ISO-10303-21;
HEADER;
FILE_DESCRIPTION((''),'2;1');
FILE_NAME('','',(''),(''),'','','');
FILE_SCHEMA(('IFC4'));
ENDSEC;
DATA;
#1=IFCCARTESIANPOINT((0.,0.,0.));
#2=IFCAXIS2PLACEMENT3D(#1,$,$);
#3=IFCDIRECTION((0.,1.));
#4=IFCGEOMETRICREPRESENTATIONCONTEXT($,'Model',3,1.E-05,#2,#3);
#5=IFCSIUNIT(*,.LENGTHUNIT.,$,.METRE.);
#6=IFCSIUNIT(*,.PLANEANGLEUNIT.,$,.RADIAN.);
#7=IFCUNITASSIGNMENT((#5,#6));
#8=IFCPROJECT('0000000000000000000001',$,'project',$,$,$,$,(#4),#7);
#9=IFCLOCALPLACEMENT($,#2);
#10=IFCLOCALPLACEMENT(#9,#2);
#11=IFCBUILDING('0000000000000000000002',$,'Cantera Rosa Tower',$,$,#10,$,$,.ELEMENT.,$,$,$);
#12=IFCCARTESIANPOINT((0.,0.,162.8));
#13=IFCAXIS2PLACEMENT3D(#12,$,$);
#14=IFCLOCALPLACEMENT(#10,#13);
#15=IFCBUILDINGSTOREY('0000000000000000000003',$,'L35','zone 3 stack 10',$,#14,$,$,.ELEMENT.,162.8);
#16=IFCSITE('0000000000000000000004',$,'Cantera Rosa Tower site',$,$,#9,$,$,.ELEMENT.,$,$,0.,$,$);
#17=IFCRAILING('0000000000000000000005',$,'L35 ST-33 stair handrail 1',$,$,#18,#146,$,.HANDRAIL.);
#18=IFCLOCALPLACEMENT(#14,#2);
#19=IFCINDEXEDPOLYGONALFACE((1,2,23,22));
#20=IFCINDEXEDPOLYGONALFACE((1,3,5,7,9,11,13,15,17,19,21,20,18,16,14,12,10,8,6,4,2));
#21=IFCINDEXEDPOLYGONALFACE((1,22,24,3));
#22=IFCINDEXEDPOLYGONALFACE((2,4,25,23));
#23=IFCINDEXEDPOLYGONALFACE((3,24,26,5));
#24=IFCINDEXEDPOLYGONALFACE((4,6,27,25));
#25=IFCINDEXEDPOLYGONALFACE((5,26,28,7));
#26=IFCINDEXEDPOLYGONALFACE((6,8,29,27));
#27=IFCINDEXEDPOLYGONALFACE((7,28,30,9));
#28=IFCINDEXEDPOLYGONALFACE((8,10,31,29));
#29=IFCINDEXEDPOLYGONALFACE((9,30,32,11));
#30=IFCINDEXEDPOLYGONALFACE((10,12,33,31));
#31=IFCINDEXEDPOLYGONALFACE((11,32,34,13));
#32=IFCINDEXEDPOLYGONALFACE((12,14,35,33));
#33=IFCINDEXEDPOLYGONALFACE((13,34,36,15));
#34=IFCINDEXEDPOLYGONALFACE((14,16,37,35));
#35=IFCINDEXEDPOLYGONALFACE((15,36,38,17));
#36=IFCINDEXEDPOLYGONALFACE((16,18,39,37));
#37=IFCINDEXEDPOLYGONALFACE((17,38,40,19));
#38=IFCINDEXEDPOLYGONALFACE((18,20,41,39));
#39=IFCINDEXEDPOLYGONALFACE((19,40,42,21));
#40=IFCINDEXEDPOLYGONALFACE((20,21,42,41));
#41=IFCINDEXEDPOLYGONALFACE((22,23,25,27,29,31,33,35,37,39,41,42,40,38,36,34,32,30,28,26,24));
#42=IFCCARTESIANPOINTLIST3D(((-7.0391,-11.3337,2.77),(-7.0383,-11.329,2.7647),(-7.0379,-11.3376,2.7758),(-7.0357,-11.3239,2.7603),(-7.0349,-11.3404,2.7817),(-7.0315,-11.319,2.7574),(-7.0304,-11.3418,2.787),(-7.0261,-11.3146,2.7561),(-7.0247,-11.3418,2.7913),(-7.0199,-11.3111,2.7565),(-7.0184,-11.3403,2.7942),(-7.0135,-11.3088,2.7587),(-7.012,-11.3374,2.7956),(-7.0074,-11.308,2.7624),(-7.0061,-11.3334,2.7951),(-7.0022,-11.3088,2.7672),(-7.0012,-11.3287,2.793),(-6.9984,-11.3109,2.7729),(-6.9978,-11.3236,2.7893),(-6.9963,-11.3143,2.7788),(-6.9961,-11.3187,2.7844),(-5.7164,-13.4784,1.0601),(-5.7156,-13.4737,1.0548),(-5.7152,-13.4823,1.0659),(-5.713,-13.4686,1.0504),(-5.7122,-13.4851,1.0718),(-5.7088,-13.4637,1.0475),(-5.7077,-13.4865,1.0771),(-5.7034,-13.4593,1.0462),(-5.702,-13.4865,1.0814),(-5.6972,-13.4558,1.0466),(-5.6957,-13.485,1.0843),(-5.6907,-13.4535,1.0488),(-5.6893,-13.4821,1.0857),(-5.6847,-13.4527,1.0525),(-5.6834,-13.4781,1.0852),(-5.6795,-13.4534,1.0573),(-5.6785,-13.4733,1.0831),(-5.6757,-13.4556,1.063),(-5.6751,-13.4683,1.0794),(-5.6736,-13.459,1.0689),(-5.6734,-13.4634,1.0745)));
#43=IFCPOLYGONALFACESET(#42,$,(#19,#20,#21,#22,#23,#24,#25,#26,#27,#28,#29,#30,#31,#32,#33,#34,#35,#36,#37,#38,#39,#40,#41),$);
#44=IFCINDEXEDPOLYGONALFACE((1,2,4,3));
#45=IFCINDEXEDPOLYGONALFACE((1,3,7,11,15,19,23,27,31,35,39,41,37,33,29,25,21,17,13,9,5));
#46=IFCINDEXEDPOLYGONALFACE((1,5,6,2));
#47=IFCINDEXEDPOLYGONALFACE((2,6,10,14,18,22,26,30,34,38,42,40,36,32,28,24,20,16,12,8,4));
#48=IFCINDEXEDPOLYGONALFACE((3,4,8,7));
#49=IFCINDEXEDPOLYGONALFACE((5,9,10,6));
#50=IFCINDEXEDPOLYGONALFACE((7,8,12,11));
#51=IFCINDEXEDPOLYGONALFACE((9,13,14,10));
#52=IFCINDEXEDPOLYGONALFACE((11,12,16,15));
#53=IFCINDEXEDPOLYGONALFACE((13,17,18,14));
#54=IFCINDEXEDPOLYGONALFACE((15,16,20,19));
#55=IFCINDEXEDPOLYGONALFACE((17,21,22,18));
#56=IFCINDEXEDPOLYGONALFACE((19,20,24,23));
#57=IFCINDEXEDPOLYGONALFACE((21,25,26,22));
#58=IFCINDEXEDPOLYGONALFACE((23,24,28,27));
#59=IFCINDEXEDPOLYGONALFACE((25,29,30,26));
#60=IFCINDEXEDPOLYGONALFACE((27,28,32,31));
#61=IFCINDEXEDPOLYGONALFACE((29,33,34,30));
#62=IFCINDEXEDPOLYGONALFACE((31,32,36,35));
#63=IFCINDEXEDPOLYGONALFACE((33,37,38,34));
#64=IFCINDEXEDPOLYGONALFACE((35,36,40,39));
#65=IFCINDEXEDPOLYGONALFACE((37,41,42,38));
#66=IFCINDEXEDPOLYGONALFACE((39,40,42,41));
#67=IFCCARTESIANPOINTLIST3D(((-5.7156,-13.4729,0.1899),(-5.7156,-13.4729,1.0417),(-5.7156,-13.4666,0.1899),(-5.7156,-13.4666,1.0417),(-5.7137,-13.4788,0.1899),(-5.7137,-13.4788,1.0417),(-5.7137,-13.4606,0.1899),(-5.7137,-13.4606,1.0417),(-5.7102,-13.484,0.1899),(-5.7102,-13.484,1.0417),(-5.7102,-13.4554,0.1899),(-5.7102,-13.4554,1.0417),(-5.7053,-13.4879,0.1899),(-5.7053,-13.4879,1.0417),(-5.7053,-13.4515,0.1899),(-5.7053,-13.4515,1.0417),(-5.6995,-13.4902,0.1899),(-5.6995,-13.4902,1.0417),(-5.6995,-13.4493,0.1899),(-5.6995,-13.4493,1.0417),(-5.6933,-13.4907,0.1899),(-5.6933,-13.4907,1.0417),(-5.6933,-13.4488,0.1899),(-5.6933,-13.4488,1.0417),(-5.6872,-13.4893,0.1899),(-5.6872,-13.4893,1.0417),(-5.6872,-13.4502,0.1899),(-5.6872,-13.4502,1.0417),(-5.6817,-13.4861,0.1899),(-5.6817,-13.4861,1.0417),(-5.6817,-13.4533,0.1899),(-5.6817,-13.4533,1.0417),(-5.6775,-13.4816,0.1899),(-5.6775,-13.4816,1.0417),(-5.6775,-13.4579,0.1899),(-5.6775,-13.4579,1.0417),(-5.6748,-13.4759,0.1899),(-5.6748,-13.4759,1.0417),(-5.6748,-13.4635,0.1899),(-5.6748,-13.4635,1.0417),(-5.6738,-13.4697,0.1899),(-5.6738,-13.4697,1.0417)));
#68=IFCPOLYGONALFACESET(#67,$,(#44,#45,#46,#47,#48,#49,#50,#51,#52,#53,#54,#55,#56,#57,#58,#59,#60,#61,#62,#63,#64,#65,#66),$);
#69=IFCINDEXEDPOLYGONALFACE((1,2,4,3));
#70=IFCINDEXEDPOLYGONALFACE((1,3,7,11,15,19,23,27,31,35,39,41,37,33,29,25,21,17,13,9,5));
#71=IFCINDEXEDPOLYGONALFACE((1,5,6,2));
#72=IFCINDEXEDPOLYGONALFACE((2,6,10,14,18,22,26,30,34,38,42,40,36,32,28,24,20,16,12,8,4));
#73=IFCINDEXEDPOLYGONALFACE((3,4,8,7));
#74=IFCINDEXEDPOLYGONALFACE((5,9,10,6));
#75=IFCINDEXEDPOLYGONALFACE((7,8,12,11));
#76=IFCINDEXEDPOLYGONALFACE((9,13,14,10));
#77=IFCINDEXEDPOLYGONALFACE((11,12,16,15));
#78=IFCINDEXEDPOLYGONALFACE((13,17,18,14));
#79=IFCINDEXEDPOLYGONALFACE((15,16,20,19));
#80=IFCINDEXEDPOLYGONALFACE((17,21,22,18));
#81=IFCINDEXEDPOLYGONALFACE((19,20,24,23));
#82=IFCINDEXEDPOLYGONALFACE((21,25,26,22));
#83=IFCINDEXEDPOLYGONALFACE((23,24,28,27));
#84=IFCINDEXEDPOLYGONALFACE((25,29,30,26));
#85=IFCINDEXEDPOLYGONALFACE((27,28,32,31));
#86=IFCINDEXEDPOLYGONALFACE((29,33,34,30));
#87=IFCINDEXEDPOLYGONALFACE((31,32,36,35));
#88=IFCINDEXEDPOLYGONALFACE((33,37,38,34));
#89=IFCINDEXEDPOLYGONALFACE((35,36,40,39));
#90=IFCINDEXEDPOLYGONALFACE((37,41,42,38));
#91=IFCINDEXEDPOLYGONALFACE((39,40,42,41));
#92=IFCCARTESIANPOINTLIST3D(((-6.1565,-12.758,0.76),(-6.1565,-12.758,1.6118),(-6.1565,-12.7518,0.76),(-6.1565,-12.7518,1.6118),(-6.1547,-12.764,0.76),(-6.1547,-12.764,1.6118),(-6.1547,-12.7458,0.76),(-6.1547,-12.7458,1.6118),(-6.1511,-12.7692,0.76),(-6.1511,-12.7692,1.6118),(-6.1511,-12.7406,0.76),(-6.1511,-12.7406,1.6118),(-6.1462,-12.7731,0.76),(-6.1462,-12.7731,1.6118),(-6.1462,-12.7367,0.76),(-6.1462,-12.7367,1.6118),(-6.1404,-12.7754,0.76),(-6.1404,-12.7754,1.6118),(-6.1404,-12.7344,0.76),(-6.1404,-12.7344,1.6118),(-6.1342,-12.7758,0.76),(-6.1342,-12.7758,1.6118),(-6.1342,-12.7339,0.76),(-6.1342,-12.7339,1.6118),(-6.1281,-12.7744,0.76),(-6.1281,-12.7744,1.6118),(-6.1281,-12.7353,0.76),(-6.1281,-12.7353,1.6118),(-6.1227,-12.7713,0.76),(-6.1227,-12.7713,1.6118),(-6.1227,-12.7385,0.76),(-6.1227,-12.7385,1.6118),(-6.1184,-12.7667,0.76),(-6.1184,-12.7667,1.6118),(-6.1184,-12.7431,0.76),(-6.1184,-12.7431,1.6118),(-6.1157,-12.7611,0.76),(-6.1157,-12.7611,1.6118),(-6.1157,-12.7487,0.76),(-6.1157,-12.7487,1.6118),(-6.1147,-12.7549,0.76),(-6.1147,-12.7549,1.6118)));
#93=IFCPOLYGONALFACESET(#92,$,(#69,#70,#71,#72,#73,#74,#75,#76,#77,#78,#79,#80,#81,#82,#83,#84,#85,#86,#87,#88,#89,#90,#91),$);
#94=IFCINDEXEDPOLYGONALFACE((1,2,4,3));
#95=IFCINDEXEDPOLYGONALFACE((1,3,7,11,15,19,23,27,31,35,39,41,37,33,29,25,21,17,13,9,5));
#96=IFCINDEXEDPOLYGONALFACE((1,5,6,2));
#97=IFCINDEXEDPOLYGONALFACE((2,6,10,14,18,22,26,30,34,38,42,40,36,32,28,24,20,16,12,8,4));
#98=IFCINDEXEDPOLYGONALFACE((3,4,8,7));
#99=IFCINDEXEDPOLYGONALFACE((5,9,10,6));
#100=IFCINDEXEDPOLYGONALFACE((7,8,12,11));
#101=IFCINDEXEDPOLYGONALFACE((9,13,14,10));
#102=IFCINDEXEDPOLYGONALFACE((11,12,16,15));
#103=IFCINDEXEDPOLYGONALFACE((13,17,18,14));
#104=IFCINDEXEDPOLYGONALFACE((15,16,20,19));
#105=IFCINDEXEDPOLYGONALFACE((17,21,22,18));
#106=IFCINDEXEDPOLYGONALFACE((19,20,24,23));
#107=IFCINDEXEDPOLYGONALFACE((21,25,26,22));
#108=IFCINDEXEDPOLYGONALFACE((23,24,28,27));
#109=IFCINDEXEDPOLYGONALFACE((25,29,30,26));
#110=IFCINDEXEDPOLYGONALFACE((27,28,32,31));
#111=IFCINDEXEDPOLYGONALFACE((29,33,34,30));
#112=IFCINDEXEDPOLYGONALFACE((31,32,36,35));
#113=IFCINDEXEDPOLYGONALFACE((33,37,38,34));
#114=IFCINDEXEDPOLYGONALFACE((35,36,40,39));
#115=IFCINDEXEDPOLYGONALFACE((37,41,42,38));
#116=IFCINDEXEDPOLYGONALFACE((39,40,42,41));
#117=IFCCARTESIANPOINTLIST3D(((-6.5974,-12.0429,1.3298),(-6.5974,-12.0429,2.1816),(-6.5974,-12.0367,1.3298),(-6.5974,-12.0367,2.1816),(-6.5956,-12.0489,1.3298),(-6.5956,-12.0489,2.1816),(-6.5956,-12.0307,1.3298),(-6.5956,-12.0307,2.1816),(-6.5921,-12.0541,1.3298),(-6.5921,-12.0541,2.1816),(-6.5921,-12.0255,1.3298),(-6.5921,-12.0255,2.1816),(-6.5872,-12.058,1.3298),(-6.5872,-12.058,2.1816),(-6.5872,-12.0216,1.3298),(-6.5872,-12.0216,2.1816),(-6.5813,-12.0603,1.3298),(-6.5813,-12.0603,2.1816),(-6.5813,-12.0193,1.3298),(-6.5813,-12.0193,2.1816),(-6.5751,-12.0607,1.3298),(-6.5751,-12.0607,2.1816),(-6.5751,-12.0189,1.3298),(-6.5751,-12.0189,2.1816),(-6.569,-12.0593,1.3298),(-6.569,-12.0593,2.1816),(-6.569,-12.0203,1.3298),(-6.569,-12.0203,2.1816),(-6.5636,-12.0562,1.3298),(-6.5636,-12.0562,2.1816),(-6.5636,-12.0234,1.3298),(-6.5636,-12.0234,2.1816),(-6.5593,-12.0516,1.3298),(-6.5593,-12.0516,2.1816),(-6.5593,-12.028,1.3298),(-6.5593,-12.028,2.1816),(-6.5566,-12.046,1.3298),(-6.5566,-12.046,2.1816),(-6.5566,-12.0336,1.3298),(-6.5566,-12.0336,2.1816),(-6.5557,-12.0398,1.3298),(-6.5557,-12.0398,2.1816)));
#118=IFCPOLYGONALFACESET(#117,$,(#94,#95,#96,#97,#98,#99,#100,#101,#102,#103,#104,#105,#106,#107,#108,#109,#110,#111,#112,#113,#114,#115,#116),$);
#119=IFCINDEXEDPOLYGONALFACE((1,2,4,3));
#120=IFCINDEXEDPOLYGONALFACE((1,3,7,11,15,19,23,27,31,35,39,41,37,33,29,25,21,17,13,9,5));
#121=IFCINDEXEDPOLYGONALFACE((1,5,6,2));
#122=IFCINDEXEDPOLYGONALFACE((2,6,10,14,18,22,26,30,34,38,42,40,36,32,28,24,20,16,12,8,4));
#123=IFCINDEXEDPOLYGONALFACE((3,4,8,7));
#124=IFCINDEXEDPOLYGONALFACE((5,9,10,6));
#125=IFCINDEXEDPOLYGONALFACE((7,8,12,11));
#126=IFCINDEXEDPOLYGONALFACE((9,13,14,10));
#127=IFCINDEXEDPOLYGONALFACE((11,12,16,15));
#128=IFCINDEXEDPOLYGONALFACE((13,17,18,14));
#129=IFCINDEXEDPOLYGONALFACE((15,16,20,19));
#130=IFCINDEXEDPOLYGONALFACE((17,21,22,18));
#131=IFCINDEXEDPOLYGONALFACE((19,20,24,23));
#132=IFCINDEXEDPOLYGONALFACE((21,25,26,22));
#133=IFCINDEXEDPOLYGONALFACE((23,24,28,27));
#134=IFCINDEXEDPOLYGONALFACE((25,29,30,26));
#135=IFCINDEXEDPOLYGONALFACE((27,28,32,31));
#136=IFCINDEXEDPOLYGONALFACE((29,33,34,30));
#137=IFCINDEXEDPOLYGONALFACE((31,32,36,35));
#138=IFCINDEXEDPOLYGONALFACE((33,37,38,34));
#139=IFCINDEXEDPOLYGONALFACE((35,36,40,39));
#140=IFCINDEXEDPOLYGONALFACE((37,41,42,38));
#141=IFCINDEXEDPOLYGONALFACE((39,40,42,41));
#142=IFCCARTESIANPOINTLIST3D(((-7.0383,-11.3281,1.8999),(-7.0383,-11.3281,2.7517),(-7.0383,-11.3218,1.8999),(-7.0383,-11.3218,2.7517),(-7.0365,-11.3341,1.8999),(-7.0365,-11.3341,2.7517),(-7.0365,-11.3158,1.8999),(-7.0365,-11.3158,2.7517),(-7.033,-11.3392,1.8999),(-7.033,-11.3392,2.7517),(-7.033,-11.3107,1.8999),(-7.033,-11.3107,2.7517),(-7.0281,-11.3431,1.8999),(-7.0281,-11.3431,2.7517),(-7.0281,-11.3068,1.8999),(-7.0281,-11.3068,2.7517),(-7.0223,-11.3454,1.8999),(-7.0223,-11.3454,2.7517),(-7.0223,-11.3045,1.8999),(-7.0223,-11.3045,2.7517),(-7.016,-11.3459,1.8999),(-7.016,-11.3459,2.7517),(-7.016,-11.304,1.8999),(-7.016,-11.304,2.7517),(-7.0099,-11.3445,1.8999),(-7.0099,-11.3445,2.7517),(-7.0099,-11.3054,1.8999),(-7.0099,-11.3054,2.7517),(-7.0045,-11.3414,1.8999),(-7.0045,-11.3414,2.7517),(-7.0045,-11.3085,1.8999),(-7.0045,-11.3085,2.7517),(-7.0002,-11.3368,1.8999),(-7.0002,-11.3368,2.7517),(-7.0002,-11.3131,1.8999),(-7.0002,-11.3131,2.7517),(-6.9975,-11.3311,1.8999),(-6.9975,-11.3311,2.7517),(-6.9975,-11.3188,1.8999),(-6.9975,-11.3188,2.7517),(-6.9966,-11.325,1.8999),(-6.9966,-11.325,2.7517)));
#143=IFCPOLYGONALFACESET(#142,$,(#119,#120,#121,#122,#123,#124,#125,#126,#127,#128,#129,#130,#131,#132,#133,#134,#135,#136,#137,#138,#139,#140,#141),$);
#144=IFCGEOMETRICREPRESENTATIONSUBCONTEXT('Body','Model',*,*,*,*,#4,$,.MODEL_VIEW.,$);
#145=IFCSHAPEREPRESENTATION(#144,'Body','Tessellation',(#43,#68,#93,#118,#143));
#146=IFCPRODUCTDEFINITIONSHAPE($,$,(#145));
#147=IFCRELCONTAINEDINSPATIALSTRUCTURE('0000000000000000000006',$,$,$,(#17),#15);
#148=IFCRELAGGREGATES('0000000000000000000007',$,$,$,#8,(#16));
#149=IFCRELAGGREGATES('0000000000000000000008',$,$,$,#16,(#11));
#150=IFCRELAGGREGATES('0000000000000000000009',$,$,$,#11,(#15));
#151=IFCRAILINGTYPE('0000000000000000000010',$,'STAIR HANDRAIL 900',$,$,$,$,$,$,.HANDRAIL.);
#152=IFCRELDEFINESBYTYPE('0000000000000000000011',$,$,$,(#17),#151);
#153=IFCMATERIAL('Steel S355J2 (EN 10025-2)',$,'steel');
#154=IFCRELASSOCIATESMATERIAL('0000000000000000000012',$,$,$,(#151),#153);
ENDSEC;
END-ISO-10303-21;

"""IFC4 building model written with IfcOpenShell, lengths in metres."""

from ifc_helpers import new_model, si_unit, direction, frame, origin, origin_2d, place, context, subcontext, project, spatial, circle, extrude, material, type_object, element, save


model = new_model("IFC4")

# Units and contexts
model_context = context("Model", 3, precision=1e-05, world=origin(), true_north=direction((0.0, 1.0)))
body_context = subcontext(model_context, "Body", "Model", "MODEL_VIEW")
ifc_project = project(units=[si_unit("LENGTHUNIT", "METRE"), si_unit("PLANEANGLEUNIT", "RADIAN")], contexts=[model_context])

# Site, building, storey
site_placement = place(None, origin())
site = spatial("IfcSite", under=ifc_project, at=site_placement, Name="Cantera Rosa Tower site", CompositionType="ELEMENT", RefElevation=0.0)
building_placement = place(site_placement, origin())
building = spatial("IfcBuilding", under=site, at=building_placement, Name="Cantera Rosa Tower", CompositionType="ELEMENT")
storey_placement = place(building_placement, frame((0.0, 0.0, 162.8)))
storey = spatial("IfcBuildingStorey", under=building, at=storey_placement, Name="L35", Description="zone 3 stack 10", CompositionType="ELEMENT", Elevation=162.8)

# Railing
ifc_material_1 = material(Name="Steel S355J2 (EN 10025-2)", Category="steel")
railing_type_1 = type_object("IfcRailingType", Name="STAIR HANDRAIL 900", PredefinedType="HANDRAIL", material=ifc_material_1)
railing_1_placement = place(storey_placement, frame((-5.6948, -13.4697, 0.1899)))
element("IfcRailing", 1, at=railing_1_placement, inside=storey, type_object=railing_type_1, Name="L35 ST-33 stair handrail 1", PredefinedType="HANDRAIL", context=body_context, shape_type="SweptSolid", body=[
    extrude(circle(Radius=0.0239, at=origin_2d()), frame((0.0, 0.0, 0.876), z_axis=(-0.434363, 0.704296, 0.561513), x_axis=(-0.851146, -0.52493, 0.0)), (0.0, 0.0, 1.0), 3.0452),
    extrude(circle(Radius=0.021, at=origin_2d()), origin(), (0.0, 0.0, 1.0), 0.8518),
    extrude(circle(Radius=0.021, at=origin_2d()), frame((-0.4409, 0.7148, 0.5701)), (0.0, 0.0, 1.0), 0.8518),
    extrude(circle(Radius=0.021, at=origin_2d()), frame((-0.8818, 1.4299, 1.1399)), (0.0, 0.0, 1.0), 0.8518),
    extrude(circle(Radius=0.021, at=origin_2d()), frame((-1.3228, 2.1448, 1.71)), (0.0, 0.0, 1.0), 0.8518),
])

save(model, "model.ifc")
